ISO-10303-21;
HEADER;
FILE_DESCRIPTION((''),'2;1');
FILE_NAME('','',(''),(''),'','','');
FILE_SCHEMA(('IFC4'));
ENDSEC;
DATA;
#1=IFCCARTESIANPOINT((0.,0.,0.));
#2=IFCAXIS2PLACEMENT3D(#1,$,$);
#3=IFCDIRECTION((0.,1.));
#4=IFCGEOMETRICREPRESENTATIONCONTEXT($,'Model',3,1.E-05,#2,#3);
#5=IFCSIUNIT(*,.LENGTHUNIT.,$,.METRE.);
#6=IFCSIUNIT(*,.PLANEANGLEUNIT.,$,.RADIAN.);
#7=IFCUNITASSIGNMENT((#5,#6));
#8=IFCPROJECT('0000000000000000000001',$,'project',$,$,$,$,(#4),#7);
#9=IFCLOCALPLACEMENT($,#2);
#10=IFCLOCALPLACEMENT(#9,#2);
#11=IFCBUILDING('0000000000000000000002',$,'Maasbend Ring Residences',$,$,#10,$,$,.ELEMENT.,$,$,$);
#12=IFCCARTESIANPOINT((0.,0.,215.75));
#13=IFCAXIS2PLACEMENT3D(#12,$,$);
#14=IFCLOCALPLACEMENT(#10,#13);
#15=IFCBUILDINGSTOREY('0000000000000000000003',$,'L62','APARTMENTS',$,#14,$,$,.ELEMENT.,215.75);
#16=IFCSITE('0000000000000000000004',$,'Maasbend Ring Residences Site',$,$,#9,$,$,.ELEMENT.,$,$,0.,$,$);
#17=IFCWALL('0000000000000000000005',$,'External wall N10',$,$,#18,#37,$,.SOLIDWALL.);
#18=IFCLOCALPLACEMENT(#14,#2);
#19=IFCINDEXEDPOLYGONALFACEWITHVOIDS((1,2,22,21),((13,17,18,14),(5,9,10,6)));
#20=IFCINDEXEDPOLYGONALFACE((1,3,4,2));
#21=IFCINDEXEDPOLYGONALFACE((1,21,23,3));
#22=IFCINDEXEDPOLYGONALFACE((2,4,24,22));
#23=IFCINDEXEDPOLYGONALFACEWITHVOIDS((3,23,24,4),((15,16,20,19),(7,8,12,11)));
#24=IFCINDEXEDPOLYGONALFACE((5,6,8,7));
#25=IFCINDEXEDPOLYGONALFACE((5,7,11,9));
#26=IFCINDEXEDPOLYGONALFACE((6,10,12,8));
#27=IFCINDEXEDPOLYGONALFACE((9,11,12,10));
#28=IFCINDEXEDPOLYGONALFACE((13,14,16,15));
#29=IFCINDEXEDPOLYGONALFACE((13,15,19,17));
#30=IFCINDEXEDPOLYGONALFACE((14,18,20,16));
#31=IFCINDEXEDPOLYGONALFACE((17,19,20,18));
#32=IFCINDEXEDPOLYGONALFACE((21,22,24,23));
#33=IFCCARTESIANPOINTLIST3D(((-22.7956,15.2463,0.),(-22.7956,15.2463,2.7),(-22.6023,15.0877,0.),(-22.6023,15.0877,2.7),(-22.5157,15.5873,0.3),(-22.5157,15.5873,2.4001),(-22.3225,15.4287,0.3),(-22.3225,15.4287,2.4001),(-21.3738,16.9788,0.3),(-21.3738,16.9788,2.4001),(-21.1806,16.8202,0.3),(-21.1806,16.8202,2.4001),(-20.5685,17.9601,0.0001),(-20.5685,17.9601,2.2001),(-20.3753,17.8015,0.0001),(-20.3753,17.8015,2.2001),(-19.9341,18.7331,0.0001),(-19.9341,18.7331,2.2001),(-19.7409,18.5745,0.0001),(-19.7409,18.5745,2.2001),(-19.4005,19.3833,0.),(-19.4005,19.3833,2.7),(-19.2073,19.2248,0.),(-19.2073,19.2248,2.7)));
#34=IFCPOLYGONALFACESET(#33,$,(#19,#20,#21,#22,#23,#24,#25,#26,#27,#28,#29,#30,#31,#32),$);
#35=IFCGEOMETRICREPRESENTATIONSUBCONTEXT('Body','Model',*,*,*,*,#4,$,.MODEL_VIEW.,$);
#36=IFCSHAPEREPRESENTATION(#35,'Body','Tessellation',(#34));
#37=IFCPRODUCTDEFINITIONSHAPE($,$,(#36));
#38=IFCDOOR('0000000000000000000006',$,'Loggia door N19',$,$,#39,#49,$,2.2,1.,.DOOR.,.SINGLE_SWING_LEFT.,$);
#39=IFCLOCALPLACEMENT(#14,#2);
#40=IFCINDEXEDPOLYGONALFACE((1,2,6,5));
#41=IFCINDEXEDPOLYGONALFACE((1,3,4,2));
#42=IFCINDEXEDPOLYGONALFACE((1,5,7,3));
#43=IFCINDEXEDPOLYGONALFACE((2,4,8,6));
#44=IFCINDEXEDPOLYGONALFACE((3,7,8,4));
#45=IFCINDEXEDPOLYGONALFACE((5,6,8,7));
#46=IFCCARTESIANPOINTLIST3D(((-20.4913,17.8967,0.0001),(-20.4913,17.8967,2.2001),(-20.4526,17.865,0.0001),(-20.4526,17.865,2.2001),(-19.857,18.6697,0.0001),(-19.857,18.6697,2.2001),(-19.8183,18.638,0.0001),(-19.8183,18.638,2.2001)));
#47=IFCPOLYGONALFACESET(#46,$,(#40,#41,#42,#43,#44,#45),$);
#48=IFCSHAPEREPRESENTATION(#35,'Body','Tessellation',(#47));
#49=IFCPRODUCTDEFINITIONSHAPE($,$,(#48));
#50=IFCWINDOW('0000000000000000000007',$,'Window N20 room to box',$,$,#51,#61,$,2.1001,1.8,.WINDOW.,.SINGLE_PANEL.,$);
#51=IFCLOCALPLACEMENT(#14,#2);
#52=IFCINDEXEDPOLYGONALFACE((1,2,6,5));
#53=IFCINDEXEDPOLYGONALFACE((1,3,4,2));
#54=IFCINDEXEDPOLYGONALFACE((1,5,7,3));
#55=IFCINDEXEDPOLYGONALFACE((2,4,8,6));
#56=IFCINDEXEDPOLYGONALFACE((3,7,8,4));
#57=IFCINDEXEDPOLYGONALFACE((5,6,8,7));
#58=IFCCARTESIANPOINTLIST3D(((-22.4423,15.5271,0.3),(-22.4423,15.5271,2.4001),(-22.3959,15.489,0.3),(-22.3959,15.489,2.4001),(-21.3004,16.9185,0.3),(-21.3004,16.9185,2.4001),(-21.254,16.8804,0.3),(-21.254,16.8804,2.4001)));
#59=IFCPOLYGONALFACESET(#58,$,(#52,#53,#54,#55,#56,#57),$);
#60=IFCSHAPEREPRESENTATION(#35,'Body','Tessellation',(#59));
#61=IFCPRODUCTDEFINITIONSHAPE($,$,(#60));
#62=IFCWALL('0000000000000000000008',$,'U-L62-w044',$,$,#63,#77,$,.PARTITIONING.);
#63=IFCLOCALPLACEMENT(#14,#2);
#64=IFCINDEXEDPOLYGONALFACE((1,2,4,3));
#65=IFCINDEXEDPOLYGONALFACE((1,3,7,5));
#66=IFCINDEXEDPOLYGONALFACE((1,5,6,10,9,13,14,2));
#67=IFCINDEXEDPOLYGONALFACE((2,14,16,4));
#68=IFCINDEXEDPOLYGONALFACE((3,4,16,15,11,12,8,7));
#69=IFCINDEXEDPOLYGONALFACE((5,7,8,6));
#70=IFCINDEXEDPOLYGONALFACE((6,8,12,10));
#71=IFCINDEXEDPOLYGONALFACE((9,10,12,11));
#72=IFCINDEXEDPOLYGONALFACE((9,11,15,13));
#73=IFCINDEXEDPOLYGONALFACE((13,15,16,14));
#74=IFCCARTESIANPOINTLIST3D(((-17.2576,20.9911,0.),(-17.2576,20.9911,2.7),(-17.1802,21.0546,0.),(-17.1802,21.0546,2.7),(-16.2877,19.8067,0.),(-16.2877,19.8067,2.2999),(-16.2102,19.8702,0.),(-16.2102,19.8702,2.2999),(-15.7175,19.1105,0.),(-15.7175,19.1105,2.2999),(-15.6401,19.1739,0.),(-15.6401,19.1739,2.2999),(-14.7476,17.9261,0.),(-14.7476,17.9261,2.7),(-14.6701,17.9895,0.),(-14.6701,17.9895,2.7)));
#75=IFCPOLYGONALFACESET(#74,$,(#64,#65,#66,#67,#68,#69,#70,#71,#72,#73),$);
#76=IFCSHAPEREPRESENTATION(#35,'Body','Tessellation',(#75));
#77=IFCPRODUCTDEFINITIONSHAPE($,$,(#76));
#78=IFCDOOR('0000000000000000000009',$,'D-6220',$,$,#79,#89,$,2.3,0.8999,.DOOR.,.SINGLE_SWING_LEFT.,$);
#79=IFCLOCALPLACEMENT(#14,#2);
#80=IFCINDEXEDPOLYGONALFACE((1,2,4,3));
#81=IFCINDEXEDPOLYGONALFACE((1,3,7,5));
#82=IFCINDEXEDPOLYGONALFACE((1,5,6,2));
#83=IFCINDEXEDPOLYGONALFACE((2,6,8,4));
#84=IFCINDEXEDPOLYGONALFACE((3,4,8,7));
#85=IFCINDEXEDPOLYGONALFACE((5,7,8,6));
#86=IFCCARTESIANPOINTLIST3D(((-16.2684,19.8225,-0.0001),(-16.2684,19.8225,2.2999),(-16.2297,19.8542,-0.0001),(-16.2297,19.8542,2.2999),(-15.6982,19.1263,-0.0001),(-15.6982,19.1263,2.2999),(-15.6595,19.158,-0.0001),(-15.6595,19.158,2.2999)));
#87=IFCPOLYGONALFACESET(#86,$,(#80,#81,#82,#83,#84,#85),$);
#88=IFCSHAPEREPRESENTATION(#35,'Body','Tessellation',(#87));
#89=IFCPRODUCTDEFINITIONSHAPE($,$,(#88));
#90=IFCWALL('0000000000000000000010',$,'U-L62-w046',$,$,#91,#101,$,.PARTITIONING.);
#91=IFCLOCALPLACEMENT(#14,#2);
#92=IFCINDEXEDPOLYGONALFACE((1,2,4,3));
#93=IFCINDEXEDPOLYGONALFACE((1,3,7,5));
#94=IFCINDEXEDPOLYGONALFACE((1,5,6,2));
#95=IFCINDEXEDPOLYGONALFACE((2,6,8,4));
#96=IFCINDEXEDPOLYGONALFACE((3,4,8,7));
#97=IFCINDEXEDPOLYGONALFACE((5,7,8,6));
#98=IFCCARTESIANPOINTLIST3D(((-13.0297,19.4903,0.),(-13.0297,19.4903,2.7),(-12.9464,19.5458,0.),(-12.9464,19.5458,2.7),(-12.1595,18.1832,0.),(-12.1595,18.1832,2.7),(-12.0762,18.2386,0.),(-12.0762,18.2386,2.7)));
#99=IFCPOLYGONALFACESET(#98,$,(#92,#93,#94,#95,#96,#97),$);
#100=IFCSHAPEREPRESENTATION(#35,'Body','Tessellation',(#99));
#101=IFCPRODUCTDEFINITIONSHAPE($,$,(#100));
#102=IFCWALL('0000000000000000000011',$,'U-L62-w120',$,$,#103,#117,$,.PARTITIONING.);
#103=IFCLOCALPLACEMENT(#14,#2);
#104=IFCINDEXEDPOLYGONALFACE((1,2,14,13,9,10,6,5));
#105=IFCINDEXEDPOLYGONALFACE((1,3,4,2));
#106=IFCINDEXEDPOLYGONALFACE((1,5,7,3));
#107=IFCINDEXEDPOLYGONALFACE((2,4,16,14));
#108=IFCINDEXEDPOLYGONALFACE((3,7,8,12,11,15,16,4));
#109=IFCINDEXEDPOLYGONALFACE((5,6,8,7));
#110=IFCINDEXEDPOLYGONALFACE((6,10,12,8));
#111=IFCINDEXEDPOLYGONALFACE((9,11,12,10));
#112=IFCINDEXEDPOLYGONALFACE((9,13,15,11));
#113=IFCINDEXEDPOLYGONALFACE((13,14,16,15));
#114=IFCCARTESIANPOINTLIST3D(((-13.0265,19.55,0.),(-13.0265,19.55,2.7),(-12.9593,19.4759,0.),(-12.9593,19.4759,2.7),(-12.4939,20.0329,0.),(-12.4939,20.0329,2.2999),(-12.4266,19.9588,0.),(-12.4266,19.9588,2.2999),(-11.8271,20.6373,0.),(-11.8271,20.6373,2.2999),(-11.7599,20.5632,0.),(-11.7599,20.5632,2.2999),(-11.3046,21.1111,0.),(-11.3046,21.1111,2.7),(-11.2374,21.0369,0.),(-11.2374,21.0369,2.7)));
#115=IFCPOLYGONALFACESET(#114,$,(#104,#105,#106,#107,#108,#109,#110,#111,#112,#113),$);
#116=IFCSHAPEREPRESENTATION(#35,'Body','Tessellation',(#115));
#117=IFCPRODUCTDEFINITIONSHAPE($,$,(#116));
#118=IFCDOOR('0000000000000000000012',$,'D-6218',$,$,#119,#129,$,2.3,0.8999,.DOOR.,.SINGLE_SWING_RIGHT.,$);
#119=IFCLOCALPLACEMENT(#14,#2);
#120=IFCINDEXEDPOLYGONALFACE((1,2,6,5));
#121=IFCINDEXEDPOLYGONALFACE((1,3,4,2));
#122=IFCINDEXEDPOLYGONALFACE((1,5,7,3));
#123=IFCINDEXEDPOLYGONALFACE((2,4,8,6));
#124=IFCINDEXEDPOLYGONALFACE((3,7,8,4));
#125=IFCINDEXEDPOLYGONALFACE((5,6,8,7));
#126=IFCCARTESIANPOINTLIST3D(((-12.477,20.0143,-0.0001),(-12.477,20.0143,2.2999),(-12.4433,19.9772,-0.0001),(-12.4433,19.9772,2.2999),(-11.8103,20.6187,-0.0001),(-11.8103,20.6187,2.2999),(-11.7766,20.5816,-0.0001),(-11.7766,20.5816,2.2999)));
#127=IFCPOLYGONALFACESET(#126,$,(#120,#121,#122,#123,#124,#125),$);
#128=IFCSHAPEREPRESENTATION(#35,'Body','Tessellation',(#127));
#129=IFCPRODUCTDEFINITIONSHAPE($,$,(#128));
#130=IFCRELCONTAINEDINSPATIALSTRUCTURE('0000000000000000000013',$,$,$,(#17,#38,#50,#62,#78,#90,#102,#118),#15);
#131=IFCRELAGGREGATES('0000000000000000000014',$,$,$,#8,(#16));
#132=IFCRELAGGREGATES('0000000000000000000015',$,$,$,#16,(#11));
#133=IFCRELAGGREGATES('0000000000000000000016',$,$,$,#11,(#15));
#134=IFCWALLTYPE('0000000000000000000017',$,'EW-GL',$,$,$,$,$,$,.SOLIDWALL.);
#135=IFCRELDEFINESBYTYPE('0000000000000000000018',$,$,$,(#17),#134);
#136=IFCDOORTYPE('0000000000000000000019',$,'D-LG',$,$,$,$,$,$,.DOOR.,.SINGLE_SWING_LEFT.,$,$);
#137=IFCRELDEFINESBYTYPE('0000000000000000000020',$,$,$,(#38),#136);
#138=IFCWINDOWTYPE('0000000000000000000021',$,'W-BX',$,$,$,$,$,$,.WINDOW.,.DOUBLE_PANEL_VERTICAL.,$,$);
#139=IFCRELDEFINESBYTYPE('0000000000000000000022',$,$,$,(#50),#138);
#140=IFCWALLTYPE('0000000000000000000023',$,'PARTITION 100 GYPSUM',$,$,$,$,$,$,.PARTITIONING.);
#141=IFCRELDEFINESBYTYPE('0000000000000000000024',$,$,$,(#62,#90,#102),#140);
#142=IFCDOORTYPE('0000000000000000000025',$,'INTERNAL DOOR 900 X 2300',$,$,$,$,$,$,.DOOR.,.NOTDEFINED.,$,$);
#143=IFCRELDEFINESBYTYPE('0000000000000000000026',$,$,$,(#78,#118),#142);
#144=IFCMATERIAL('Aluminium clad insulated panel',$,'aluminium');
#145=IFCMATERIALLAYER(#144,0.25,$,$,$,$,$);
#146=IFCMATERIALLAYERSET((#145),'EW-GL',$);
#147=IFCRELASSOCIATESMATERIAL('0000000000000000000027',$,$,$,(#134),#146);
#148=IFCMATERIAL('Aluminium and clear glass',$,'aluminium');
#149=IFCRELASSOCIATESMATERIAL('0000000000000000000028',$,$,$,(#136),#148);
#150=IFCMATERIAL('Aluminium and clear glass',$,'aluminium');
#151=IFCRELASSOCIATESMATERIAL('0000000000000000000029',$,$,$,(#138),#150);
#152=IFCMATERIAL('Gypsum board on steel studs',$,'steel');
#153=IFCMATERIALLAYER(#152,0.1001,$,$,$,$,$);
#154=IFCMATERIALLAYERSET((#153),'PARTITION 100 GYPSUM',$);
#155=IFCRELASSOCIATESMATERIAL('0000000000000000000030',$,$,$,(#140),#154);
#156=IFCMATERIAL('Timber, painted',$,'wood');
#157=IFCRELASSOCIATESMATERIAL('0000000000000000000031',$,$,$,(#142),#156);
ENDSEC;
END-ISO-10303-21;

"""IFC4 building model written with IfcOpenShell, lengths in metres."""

from ifc_helpers import new_model, si_unit, direction, frame, frame_2d, origin, place, context, subcontext, project, spatial, rectangle, extrude, material, layer, layer_set, type_object, element, fill, save


model = new_model("IFC4")

# Units and contexts
model_context = context("Model", 3, precision=1e-05, world=origin(), true_north=direction((0.0, 1.0)))
body_context = subcontext(model_context, "Body", "Model", "MODEL_VIEW")
ifc_project = project(units=[si_unit("LENGTHUNIT", "METRE"), si_unit("PLANEANGLEUNIT", "RADIAN")], contexts=[model_context])

# Site, building, storey
site_placement = place(None, origin())
site = spatial("IfcSite", under=ifc_project, at=site_placement, Name="Maasbend Ring Residences Site", CompositionType="ELEMENT", RefElevation=0.0)
building_placement = place(site_placement, origin())
building = spatial("IfcBuilding", under=site, at=building_placement, Name="Maasbend Ring Residences", CompositionType="ELEMENT")
storey_placement = place(building_placement, frame((0.0, 0.0, 215.75)))
storey = spatial("IfcBuildingStorey", under=building, at=storey_placement, Name="L62", Description="APARTMENTS", CompositionType="ELEMENT", Elevation=215.75)

# Wall, openings, door, window
ifc_material_1 = material(Name="Aluminium clad insulated panel", Category="aluminium")
ifc_layer_1 = layer(ifc_material_1, 0.25)
ifc_layer_set_1 = layer_set([ifc_layer_1], Name="EW-GL")
wall_type_1 = type_object("IfcWallType", Name="EW-GL", PredefinedType="SOLIDWALL", material=ifc_layer_set_1)
ifc_material_2 = material(Name="Aluminium and clear glass", Category="aluminium")
door_type_1 = type_object("IfcDoorType", Name="D-LG", OperationType="SINGLE_SWING_LEFT", PredefinedType="DOOR", material=ifc_material_2)
ifc_material_3 = material(Name="Aluminium and clear glass", Category="aluminium")
window_type_1 = type_object("IfcWindowType", Name="W-BX", PartitioningType="DOUBLE_PANEL_VERTICAL", PredefinedType="WINDOW", material=ifc_material_3)
wall_1_placement = place(storey_placement, frame((-19.304, 19.304, 0.0), z_axis=(0.0, 0.0, 1.0), x_axis=(-0.634382, -0.773019, 0.0)))
wall_1 = element("IfcWall", 1, at=wall_1_placement, inside=storey, type_object=wall_type_1, Name="External wall N10", PredefinedType="SOLIDWALL", context=body_context, shape_type="SweptSolid", body=[
    extrude(rectangle(XDim=5.3518, YDim=0.25, at=frame_2d((2.6758, 0.0))), origin(), (0.0, 0.0, 1.0), 2.7),
])
opening_1_placement = place(wall_1_placement, frame((0.8411, 0.0, 0.0)))
opening_1 = element("IfcOpeningElement", 2, at=opening_1_placement, cuts=wall_1, PredefinedType="OPENING", context=body_context, shape_type="SweptSolid", body=[
    extrude(rectangle(XDim=1.0, YDim=2.2, at=frame_2d((0.5, 1.1001))), frame((0.0, 0.135, 0.0), z_axis=(0.0, -1.0, 0.0), x_axis=(1.0, 0.0, 0.0)), (0.0, 0.0, 1.0), 0.27),
])
opening_2_placement = place(wall_1_placement, frame((3.1106, 0.0, 0.3)))
opening_2 = element("IfcOpeningElement", 3, at=opening_2_placement, cuts=wall_1, PredefinedType="OPENING", context=body_context, shape_type="SweptSolid", body=[
    extrude(rectangle(XDim=1.8, YDim=2.1001, at=frame_2d((0.8999, 1.05))), frame((0.0, 0.135, 0.0), z_axis=(0.0, -1.0, 0.0), x_axis=(1.0, 0.0, 0.0)), (0.0, 0.0, 1.0), 0.27),
])
door_1_placement = place(opening_1_placement, origin())
door_1 = element("IfcDoor", 4, at=door_1_placement, inside=storey, type_object=door_type_1, Name="Loggia door N19", OperationType="SINGLE_SWING_LEFT", OverallHeight=2.2, OverallWidth=1.0, PredefinedType="DOOR", context=body_context, shape_type="SweptSolid", body=[
    extrude(rectangle(XDim=1.0, YDim=2.2, at=frame_2d((0.5, 1.1001))), frame((0.0, 0.0249, 0.0), z_axis=(0.0, -1.0, 0.0), x_axis=(1.0, 0.0, 0.0)), (0.0, 0.0, 1.0), 0.05),
])
fill(opening_1, door_1)
window_1_placement = place(opening_2_placement, origin())
window_1 = element("IfcWindow", 5, at=window_1_placement, inside=storey, type_object=window_type_1, Name="Window N20 room to box", OverallHeight=2.1001, OverallWidth=1.8, PartitioningType="SINGLE_PANEL", PredefinedType="WINDOW", context=body_context, shape_type="SweptSolid", body=[
    extrude(rectangle(XDim=1.8, YDim=2.1001, at=frame_2d((0.8999, 1.05))), frame((0.0, 0.03, 0.0), z_axis=(0.0, -1.0, 0.0), x_axis=(1.0, 0.0, 0.0)), (0.0, 0.0, 1.0), 0.0601),
])
fill(opening_2, window_1)

# Wall, opening, door
ifc_material_4 = material(Name="Gypsum board on steel studs", Category="steel")
ifc_layer_2 = layer(ifc_material_4, 0.1001)
ifc_layer_set_2 = layer_set([ifc_layer_2], Name="PARTITION 100 GYPSUM")
wall_type_2 = type_object("IfcWallType", Name="PARTITION 100 GYPSUM", PredefinedType="PARTITIONING", material=ifc_layer_set_2)
wall_2_placement = place(storey_placement, frame((-17.219, 21.0229, 0.0), z_axis=(0.0, 0.0, 1.0), x_axis=(0.63359, -0.773669, 0.0)))
wall_2 = element("IfcWall", 6, at=wall_2_placement, inside=storey, type_object=wall_type_2, Name="U-L62-w044", PredefinedType="PARTITIONING", context=body_context, shape_type="SweptSolid", body=[
    extrude(rectangle(XDim=3.9617, YDim=0.1001, at=frame_2d((1.981, 0.0))), origin(), (0.0, 0.0, 1.0), 2.7),
])
opening_3_placement = place(wall_2_placement, frame((1.531, 0.0, 0.0)))
opening_3 = element("IfcOpeningElement", 7, at=opening_3_placement, cuts=wall_2, PredefinedType="OPENING", context=body_context, shape_type="SweptSolid", body=[
    extrude(rectangle(XDim=0.8999, YDim=2.3, at=frame_2d((0.45, 1.1499))), frame((0.0, 0.0601, 0.0), z_axis=(0.0, -1.0, 0.0), x_axis=(1.0, 0.0, 0.0)), (0.0, 0.0, 1.0), 0.1201),
])
ifc_material_5 = material(Name="Timber, painted", Category="wood")
door_type_2 = type_object("IfcDoorType", Name="INTERNAL DOOR 900 X 2300", OperationType="NOTDEFINED", PredefinedType="DOOR", material=ifc_material_5)
door_2_placement = place(opening_3_placement, origin())
door_2 = element("IfcDoor", 8, at=door_2_placement, inside=storey, type_object=door_type_2, Name="D-6220", OperationType="SINGLE_SWING_LEFT", OverallHeight=2.3, OverallWidth=0.8999, PredefinedType="DOOR", context=body_context, shape_type="SweptSolid", body=[
    extrude(rectangle(XDim=0.8999, YDim=2.3, at=frame_2d((0.45, 1.1499))), frame((0.0, 0.0249, 0.0), z_axis=(0.0, -1.0, 0.0), x_axis=(1.0, 0.0, 0.0)), (0.0, 0.0, 1.0), 0.05),
])
fill(opening_3, door_2)

# Wall
wall_3_placement = place(storey_placement, frame((-12.988, 19.5181, 0.0), z_axis=(0.0, 0.0, 1.0), x_axis=(0.554126, -0.832433, 0.0)))
element("IfcWall", 9, at=wall_3_placement, inside=storey, type_object=wall_type_2, Name="U-L62-w046", PredefinedType="PARTITIONING", context=body_context, shape_type="SweptSolid", body=[
    extrude(rectangle(XDim=1.5703, YDim=0.1001, at=frame_2d((0.7852, 0.0))), origin(), (0.0, 0.0, 1.0), 2.7),
])

# Wall, opening, door
wall_4_placement = place(storey_placement, frame((-12.9929, 19.5129, 0.0), z_axis=(0.0, 0.0, 1.0), x_axis=(0.740871, 0.671647, 0.0)))
wall_4 = element("IfcWall", 10, at=wall_4_placement, inside=storey, type_object=wall_type_2, Name="U-L62-w120", PredefinedType="PARTITIONING", context=body_context, shape_type="SweptSolid", body=[
    extrude(rectangle(XDim=2.3242, YDim=0.1001, at=frame_2d((1.1621, 0.0))), origin(), (0.0, 0.0, 1.0), 2.7),
])
opening_4_placement = place(wall_4_placement, frame((0.719, 0.0, 0.0)))
opening_4 = element("IfcOpeningElement", 11, at=opening_4_placement, cuts=wall_4, PredefinedType="OPENING", context=body_context, shape_type="SweptSolid", body=[
    extrude(rectangle(XDim=0.8999, YDim=2.3, at=frame_2d((0.45, 1.1499))), frame((0.0, 0.0601, 0.0), z_axis=(0.0, -1.0, 0.0), x_axis=(1.0, 0.0, 0.0)), (0.0, 0.0, 1.0), 0.1201),
])
door_3_placement = place(opening_4_placement, origin())
door_3 = element("IfcDoor", 12, at=door_3_placement, inside=storey, type_object=door_type_2, Name="D-6218", OperationType="SINGLE_SWING_RIGHT", OverallHeight=2.3, OverallWidth=0.8999, PredefinedType="DOOR", context=body_context, shape_type="SweptSolid", body=[
    extrude(rectangle(XDim=0.8999, YDim=2.3, at=frame_2d((0.45, 1.1499))), frame((0.0, 0.0249, 0.0), z_axis=(0.0, -1.0, 0.0), x_axis=(1.0, 0.0, 0.0)), (0.0, 0.0, 1.0), 0.05),
])
fill(opening_4, door_3)

save(model, "model.ifc")
